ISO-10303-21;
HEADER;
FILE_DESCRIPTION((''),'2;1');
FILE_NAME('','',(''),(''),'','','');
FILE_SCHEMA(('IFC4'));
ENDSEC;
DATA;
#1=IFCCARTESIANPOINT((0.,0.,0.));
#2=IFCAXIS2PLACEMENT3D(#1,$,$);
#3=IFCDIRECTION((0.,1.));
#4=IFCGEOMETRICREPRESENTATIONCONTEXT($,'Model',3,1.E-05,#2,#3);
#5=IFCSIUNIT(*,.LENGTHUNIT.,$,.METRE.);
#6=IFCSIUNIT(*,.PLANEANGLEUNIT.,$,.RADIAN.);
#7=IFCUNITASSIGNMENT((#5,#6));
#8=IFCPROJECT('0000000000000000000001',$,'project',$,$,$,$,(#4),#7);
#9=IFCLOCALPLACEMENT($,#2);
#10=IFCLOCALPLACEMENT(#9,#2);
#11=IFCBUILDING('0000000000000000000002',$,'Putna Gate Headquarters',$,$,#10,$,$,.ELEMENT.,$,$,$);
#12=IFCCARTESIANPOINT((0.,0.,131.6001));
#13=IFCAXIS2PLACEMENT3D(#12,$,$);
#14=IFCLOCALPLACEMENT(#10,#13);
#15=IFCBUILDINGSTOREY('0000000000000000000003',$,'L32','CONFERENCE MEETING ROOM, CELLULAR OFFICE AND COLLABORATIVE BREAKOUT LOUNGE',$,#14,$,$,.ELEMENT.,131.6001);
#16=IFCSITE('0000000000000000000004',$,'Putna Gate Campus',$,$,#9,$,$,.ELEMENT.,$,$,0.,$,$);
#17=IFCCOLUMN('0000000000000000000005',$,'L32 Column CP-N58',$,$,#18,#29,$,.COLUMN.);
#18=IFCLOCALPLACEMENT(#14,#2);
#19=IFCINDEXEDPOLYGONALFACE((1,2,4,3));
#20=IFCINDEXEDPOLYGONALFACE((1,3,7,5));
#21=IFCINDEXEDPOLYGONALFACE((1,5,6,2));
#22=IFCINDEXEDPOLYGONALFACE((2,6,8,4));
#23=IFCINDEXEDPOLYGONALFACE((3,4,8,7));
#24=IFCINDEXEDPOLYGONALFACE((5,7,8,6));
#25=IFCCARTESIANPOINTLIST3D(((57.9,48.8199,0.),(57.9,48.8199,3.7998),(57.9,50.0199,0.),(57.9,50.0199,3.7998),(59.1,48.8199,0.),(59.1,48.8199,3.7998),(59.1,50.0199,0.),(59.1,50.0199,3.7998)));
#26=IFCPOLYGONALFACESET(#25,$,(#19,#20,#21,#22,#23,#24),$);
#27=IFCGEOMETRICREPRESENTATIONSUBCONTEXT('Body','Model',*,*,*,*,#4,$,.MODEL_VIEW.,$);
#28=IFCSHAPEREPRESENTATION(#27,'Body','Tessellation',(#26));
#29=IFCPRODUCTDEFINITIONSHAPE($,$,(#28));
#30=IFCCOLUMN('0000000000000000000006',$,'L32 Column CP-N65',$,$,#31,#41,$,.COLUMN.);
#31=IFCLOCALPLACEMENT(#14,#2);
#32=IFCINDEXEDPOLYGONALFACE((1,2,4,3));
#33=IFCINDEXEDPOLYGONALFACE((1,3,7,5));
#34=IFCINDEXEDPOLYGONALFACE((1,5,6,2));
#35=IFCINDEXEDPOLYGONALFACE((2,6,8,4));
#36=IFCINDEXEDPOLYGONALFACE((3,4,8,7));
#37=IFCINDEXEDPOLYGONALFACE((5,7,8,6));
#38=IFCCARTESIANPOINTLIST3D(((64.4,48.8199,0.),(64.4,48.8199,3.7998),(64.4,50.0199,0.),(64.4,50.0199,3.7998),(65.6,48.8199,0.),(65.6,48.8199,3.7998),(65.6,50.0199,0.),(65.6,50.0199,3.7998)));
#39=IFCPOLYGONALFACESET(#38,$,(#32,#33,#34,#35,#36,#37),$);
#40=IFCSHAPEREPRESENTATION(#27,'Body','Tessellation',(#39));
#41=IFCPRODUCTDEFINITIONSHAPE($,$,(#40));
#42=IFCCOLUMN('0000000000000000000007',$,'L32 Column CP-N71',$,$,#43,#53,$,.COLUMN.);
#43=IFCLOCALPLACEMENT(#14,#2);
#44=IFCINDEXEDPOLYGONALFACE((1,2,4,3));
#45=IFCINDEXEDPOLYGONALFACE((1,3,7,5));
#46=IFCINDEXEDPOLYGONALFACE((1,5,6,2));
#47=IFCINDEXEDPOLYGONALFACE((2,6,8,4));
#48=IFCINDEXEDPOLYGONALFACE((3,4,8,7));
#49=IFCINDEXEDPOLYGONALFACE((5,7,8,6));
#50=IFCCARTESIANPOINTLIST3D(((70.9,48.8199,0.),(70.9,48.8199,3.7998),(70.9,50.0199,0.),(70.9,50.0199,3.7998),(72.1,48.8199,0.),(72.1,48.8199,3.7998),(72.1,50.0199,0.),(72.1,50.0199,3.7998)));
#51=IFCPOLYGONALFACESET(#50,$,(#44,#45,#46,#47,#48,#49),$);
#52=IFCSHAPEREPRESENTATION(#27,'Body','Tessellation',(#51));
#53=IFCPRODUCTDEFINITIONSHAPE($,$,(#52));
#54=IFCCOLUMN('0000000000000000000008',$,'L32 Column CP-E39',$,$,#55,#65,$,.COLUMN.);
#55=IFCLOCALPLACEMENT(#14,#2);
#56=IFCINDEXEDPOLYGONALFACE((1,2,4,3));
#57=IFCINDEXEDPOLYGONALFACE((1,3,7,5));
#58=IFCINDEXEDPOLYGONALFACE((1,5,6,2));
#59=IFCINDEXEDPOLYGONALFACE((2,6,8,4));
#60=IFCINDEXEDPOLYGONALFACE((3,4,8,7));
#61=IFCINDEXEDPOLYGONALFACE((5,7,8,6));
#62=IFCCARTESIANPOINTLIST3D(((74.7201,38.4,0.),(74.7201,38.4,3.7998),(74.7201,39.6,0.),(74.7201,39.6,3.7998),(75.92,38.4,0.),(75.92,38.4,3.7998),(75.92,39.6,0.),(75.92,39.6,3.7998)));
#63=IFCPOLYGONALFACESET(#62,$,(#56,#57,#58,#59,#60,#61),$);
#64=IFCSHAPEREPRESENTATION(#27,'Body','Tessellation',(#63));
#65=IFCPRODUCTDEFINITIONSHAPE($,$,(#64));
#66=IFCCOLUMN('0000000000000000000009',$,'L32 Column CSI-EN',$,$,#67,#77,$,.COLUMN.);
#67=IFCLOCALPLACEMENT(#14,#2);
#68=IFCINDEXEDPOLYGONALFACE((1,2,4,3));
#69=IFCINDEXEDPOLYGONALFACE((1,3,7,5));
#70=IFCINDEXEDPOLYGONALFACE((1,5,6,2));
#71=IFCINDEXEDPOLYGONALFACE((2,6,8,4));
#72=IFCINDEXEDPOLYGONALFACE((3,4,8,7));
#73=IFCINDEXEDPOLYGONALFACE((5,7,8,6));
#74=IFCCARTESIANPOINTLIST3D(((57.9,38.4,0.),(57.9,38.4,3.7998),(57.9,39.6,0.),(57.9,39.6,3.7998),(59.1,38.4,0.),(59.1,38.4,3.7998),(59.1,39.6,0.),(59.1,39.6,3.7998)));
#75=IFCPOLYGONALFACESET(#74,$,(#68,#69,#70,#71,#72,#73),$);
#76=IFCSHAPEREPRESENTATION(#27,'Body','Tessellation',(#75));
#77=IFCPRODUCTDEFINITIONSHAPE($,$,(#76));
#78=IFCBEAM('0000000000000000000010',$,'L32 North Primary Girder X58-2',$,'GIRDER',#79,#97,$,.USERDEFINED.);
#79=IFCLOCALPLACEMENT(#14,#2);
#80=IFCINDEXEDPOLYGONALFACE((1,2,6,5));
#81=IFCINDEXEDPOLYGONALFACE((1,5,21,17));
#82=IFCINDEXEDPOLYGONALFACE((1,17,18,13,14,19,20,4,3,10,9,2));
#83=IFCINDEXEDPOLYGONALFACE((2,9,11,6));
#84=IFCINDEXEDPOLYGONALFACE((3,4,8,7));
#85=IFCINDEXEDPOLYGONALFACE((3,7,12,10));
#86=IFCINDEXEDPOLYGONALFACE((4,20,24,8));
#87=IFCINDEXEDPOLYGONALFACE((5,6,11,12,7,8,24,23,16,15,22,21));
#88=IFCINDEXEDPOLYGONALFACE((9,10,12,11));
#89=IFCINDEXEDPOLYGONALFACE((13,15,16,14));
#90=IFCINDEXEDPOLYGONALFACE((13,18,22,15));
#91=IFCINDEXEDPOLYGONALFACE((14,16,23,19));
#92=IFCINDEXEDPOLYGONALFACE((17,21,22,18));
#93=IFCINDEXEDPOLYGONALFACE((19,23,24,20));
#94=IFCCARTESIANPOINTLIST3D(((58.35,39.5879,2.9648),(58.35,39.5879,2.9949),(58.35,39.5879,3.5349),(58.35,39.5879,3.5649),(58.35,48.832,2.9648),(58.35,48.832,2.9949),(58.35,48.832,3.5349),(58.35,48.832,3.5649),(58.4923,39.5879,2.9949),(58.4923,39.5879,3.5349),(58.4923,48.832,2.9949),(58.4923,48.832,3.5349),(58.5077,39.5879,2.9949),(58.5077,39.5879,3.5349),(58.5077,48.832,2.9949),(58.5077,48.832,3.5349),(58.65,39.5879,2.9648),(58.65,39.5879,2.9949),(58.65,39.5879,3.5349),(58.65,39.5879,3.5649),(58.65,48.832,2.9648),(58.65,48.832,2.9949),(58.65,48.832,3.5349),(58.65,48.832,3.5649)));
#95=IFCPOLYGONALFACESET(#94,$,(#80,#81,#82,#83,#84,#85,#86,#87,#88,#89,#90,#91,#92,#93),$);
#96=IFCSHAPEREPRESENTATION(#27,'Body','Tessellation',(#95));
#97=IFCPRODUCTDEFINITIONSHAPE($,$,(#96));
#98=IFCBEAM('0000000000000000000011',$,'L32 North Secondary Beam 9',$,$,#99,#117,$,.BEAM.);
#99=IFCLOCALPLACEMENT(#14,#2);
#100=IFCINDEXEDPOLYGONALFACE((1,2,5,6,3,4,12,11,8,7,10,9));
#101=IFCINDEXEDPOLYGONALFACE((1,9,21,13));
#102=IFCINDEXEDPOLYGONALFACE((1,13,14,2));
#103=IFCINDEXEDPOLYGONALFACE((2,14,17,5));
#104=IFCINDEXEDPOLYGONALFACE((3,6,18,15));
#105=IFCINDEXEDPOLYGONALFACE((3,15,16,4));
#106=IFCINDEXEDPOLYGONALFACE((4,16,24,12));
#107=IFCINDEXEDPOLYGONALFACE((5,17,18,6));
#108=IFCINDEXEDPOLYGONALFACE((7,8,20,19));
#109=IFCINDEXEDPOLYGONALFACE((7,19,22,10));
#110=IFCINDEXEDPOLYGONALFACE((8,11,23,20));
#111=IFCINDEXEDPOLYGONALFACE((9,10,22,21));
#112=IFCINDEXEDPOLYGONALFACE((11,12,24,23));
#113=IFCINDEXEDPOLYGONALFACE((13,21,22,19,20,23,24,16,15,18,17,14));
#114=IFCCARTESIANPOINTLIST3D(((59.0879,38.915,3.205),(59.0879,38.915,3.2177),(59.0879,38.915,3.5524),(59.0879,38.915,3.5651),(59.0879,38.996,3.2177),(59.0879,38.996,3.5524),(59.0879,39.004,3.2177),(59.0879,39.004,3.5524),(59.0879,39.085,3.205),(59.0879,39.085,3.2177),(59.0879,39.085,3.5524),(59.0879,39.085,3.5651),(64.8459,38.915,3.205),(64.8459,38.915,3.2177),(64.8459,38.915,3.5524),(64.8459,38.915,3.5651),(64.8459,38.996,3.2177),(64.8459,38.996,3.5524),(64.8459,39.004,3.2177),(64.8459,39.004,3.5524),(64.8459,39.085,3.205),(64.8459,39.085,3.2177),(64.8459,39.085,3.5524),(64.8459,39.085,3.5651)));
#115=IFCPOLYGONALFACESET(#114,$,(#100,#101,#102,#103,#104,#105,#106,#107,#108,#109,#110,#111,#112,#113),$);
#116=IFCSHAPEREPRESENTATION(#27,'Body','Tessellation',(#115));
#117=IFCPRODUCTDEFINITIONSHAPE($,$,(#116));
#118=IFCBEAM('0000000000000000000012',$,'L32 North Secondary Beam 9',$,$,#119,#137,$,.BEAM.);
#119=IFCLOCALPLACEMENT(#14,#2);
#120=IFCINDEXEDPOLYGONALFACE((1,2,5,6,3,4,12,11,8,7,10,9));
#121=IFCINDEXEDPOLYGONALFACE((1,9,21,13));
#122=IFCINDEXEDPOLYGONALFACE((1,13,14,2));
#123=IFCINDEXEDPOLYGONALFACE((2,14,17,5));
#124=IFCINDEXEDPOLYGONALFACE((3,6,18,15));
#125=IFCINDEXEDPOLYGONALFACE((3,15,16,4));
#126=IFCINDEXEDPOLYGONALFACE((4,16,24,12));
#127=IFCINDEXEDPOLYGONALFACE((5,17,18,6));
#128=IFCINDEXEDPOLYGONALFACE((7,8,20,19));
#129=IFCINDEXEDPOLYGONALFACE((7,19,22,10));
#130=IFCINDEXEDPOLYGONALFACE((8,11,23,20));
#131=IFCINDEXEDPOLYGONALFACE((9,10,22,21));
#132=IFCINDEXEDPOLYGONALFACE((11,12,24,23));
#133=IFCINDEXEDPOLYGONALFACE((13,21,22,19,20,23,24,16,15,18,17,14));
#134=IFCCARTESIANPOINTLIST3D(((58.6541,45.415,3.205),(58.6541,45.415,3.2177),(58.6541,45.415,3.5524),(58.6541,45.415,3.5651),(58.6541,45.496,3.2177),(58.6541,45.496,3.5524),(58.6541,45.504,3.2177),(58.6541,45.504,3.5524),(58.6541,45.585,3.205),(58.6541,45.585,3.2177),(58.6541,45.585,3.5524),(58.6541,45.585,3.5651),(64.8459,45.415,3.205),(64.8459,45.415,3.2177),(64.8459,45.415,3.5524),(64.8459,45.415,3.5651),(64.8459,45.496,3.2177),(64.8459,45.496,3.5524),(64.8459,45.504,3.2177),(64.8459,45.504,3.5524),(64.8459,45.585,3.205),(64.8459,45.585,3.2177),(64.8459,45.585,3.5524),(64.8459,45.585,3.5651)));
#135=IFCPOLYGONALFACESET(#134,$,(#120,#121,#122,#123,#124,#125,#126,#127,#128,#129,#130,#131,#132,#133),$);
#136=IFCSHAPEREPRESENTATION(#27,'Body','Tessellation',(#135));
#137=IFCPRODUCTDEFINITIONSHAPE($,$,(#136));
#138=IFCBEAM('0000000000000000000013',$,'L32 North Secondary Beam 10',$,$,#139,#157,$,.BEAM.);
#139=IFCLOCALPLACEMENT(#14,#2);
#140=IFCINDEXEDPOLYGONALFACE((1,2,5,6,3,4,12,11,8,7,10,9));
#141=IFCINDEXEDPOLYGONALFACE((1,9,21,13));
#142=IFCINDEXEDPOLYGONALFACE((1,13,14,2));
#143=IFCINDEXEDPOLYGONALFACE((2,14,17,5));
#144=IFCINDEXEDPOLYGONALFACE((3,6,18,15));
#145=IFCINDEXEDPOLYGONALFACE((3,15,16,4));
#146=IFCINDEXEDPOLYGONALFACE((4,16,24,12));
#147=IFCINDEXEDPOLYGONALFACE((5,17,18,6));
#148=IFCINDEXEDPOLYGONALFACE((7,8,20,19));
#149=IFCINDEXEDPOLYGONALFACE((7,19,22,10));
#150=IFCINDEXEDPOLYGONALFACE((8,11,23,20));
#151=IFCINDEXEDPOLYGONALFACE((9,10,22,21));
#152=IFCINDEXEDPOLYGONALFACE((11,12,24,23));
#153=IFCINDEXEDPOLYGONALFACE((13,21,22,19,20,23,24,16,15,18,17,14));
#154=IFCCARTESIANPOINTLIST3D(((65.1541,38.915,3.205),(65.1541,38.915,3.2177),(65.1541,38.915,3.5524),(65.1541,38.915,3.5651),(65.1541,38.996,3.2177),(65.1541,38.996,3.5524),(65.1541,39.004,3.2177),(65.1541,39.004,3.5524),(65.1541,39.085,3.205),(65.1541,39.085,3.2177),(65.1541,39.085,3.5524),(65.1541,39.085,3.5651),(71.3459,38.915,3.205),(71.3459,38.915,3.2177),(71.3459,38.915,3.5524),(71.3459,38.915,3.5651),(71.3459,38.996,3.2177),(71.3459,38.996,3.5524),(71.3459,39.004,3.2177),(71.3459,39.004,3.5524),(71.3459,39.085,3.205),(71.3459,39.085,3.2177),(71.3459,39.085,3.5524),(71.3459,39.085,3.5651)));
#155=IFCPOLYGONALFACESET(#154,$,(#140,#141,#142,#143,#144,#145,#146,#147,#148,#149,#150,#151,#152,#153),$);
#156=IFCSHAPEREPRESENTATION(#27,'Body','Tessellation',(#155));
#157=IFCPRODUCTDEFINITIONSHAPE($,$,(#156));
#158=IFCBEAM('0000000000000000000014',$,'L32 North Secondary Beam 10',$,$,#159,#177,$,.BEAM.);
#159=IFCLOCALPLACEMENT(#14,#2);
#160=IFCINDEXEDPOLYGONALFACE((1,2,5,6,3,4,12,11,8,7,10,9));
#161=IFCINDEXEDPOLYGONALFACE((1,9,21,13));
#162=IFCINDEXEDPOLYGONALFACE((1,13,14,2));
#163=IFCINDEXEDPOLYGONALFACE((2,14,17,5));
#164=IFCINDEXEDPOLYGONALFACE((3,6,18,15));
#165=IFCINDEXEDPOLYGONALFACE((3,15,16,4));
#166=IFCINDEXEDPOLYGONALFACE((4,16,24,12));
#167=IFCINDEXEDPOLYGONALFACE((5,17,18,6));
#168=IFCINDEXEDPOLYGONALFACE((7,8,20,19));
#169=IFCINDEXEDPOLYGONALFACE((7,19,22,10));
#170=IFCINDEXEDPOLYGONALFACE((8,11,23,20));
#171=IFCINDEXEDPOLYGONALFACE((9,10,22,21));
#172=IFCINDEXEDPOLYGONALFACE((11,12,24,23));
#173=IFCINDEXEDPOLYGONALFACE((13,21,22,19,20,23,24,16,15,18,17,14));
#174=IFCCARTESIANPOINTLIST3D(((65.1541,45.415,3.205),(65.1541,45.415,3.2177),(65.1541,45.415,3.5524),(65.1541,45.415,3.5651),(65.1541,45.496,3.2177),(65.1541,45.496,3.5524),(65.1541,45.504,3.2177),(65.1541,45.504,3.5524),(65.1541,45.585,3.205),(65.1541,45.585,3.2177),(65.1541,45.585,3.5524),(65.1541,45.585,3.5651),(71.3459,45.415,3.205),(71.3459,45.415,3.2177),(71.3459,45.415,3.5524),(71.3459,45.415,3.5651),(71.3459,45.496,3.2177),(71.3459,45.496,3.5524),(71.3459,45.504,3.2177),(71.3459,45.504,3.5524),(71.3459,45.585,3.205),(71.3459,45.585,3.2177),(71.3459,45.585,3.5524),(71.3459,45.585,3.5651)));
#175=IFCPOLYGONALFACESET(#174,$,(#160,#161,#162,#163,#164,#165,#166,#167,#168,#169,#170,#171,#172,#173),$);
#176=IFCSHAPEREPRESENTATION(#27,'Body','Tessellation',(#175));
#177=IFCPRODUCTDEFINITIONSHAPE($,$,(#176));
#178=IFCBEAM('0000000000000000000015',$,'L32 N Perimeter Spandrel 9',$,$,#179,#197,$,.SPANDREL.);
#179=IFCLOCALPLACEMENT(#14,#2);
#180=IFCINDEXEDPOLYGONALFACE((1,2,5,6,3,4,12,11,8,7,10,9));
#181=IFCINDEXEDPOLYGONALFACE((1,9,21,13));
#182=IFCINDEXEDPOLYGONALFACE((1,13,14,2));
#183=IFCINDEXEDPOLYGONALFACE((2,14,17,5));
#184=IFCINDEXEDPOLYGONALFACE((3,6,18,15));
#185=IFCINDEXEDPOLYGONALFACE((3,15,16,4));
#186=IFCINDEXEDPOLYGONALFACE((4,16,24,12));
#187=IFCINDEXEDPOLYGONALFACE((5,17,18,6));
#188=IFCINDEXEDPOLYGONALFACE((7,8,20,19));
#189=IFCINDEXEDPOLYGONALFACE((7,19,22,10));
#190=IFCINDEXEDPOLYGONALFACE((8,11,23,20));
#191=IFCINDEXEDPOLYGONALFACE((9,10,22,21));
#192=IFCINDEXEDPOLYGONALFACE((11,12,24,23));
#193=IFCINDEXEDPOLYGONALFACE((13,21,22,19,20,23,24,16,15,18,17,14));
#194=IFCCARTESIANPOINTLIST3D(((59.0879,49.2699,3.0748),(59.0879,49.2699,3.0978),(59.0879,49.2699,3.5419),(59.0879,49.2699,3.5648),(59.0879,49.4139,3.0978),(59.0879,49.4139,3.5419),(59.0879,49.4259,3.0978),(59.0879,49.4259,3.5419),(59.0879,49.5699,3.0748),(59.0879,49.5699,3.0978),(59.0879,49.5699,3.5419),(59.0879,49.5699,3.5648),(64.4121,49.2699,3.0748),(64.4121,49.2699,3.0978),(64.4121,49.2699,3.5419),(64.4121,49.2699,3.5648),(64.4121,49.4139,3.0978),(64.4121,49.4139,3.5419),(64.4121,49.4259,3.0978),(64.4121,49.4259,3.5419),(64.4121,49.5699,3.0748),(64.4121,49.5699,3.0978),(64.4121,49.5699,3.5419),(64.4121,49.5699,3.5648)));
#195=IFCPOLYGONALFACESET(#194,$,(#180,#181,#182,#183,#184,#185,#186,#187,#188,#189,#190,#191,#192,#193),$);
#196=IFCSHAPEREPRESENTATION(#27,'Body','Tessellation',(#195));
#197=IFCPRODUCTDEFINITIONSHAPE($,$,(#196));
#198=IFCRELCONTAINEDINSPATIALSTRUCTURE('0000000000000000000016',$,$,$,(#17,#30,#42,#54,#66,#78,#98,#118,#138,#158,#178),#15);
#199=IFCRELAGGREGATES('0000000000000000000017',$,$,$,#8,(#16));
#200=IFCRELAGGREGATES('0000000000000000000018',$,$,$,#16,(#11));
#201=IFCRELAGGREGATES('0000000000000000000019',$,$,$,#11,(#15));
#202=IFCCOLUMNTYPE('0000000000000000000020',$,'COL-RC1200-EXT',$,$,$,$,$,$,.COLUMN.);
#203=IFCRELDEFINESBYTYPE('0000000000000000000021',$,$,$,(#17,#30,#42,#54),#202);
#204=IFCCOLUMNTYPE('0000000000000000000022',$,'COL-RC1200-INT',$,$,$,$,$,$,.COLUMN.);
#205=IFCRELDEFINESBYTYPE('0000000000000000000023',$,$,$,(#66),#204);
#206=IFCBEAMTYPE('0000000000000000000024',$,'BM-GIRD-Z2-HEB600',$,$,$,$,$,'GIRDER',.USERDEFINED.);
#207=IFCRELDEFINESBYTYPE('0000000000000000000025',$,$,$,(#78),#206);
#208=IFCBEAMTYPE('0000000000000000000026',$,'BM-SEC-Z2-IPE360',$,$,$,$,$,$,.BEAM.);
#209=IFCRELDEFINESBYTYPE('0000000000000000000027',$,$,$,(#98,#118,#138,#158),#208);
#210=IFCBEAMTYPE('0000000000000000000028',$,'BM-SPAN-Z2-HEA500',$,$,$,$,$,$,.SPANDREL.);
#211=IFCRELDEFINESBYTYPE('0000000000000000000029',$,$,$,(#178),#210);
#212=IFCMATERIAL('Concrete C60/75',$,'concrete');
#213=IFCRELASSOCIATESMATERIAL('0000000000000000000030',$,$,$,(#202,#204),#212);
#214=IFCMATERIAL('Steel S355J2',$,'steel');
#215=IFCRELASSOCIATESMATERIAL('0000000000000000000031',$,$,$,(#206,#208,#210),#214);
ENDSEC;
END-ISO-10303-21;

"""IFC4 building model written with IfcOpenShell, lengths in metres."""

from ifc_helpers import new_model, si_unit, direction, frame, origin, origin_2d, place, context, subcontext, project, spatial, rectangle, i_section, extrude, material, material_profile, profile_set, type_object, element, save


model = new_model("IFC4")

# Units and contexts
model_context = context("Model", 3, precision=1e-05, world=origin(), true_north=direction((0.0, 1.0)))
body_context = subcontext(model_context, "Body", "Model", "MODEL_VIEW")
ifc_project = project(units=[si_unit("LENGTHUNIT", "METRE"), si_unit("PLANEANGLEUNIT", "RADIAN")], contexts=[model_context])

# Site, building, storey
site_placement = place(None, origin())
site = spatial("IfcSite", under=ifc_project, at=site_placement, Name="Putna Gate Campus", CompositionType="ELEMENT", RefElevation=0.0)
building_placement = place(site_placement, origin())
building = spatial("IfcBuilding", under=site, at=building_placement, Name="Putna Gate Headquarters", CompositionType="ELEMENT")
storey_placement = place(building_placement, frame((0.0, 0.0, 131.6001)))
storey = spatial("IfcBuildingStorey", under=building, at=storey_placement, Name="L32", Description="CONFERENCE MEETING ROOM, CELLULAR OFFICE AND COLLABORATIVE BREAKOUT LOUNGE", CompositionType="ELEMENT", Elevation=131.6001)

# Columns
ifc_material_1 = material(Name="Concrete C60/75", Category="concrete")
ifc_material_profile_1 = material_profile(ifc_material_1, rectangle(XDim=1.2, YDim=1.2, at=origin_2d()), Name="Concrete C60/75")
ifc_profile_set_1 = profile_set([ifc_material_profile_1], Name="Concrete C60/75")
column_type_1 = type_object("IfcColumnType", Name="COL-RC1200-EXT", PredefinedType="COLUMN", material=ifc_profile_set_1)
for number, where, z_axis, x_axis, name in (
    (1, (58.5, 49.4199, 0.0), (0.0, 0.0, 1.0), (1.0, 0.0, 0.0), "L32 Column CP-N58"),
    (2, (65.0, 49.4199, 0.0), (0.0, 0.0, 1.0), (1.0, 0.0, 0.0), "L32 Column CP-N65"),
    (3, (71.5, 49.4199, 0.0), (0.0, 0.0, 1.0), (1.0, 0.0, 0.0), "L32 Column CP-N71"),
    (4, (75.3201, 39.0, 0.0), (0.0, 0.0, 1.0), (1.0, 0.0, 0.0), "L32 Column CP-E39"),
):
    element("IfcColumn", number, at=place(storey_placement, frame(where, z_axis=z_axis, x_axis=x_axis)), inside=storey, type_object=column_type_1, Name=name, PredefinedType="COLUMN", context=body_context, shape_type="SweptSolid", body=[
        extrude(rectangle(XDim=1.2, YDim=1.2, at=origin_2d()), origin(), (0.0, 0.0, 1.0), 3.7998),
    ])
ifc_material_profile_2 = material_profile(ifc_material_1, rectangle(XDim=1.2, YDim=1.2, at=origin_2d()), Name="Concrete C60/75")
ifc_profile_set_2 = profile_set([ifc_material_profile_2], Name="Concrete C60/75")
column_type_2 = type_object("IfcColumnType", Name="COL-RC1200-INT", PredefinedType="COLUMN", material=ifc_profile_set_2)
column_placement = place(storey_placement, frame((58.5, 39.0, 0.0), z_axis=(0.0, 0.0, 1.0), x_axis=(1.0, 0.0, 0.0)))
element("IfcColumn", 5, at=column_placement, inside=storey, type_object=column_type_2, Name="L32 Column CSI-EN", PredefinedType="COLUMN", context=body_context, shape_type="SweptSolid", body=[
    extrude(rectangle(XDim=1.2, YDim=1.2, at=origin_2d()), origin(), (0.0, 0.0, 1.0), 3.7998),
])

# Beams
ifc_material_2 = material(Name="Steel S355J2", Category="steel")
ifc_material_profile_3 = material_profile(ifc_material_2, i_section(OverallWidth=0.3, OverallDepth=0.6001, WebThickness=0.0154, FlangeThickness=0.03, at=origin_2d()), Name="Steel S355J2")
ifc_profile_set_3 = profile_set([ifc_material_profile_3], Name="Steel S355J2")
beam_type_1 = type_object("IfcBeamType", Name="BM-GIRD-Z2-HEB600", ElementType="GIRDER", PredefinedType="USERDEFINED", material=ifc_profile_set_3)
beam_1_placement = place(storey_placement, frame((58.5, 39.5879, 3.2649), z_axis=(0.0, 1.0, 0.0), x_axis=(-1.0, 0.0, 0.0)))
element("IfcBeam", 6, at=beam_1_placement, inside=storey, type_object=beam_type_1, Name="L32 North Primary Girder X58-2", ObjectType="GIRDER", PredefinedType="USERDEFINED", context=body_context, shape_type="SweptSolid", body=[
    extrude(i_section(OverallWidth=0.3, OverallDepth=0.6001, WebThickness=0.0154, FlangeThickness=0.03, at=origin_2d()), origin(), (0.0, 0.0, 1.0), 9.2441),
])
ifc_material_profile_4 = material_profile(ifc_material_2, i_section(OverallWidth=0.1699, OverallDepth=0.3601, WebThickness=0.0081, FlangeThickness=0.0127, at=origin_2d()), Name="Steel S355J2")
ifc_profile_set_4 = profile_set([ifc_material_profile_4], Name="Steel S355J2")
beam_type_2 = type_object("IfcBeamType", Name="BM-SEC-Z2-IPE360", PredefinedType="BEAM", material=ifc_profile_set_4)
beam_2_placement = place(storey_placement, frame((59.0879, 39.0, 3.385), z_axis=(1.0, 0.0, 0.0), x_axis=(0.0, 1.0, 0.0)))
element("IfcBeam", 7, at=beam_2_placement, inside=storey, type_object=beam_type_2, Name="L32 North Secondary Beam 9", PredefinedType="BEAM", context=body_context, shape_type="SweptSolid", body=[
    extrude(i_section(OverallWidth=0.1699, OverallDepth=0.3601, WebThickness=0.0081, FlangeThickness=0.0127, at=origin_2d()), origin(), (0.0, 0.0, 1.0), 5.7581),
])
for number, where, z_axis, x_axis, name in (
    (8, (58.6541, 45.5, 3.385), (1.0, 0.0, 0.0), (0.0, 1.0, 0.0), "L32 North Secondary Beam 9"),
    (9, (65.1541, 39.0, 3.385), (1.0, 0.0, 0.0), (0.0, 1.0, 0.0), "L32 North Secondary Beam 10"),
    (10, (65.1541, 45.5, 3.385), (1.0, 0.0, 0.0), (0.0, 1.0, 0.0), "L32 North Secondary Beam 10"),
):
    element("IfcBeam", number, at=place(storey_placement, frame(where, z_axis=z_axis, x_axis=x_axis)), inside=storey, type_object=beam_type_2, Name=name, PredefinedType="BEAM", context=body_context, shape_type="SweptSolid", body=[
        extrude(i_section(OverallWidth=0.1699, OverallDepth=0.3601, WebThickness=0.0081, FlangeThickness=0.0127, at=origin_2d()), origin(), (0.0, 0.0, 1.0), 6.1919),
    ])
ifc_material_profile_5 = material_profile(ifc_material_2, i_section(OverallWidth=0.3, OverallDepth=0.49, WebThickness=0.012, FlangeThickness=0.0229, at=origin_2d()), Name="Steel S355J2")
ifc_profile_set_5 = profile_set([ifc_material_profile_5], Name="Steel S355J2")
beam_type_3 = type_object("IfcBeamType", Name="BM-SPAN-Z2-HEA500", PredefinedType="SPANDREL", material=ifc_profile_set_5)
for number, where, z_axis, x_axis, name in (
    (11, (59.0879, 49.4199, 3.3198), (1.0, 0.0, 0.0), (0.0, 1.0, 0.0), "L32 N Perimeter Spandrel 9"),
):
    element("IfcBeam", number, at=place(storey_placement, frame(where, z_axis=z_axis, x_axis=x_axis)), inside=storey, type_object=beam_type_3, Name=name, PredefinedType="SPANDREL", context=body_context, shape_type="SweptSolid", body=[
        extrude(i_section(OverallWidth=0.3, OverallDepth=0.49, WebThickness=0.012, FlangeThickness=0.0229, at=origin_2d()), origin(), (0.0, 0.0, 1.0), 5.3242),
    ])

save(model, "model.ifc")
